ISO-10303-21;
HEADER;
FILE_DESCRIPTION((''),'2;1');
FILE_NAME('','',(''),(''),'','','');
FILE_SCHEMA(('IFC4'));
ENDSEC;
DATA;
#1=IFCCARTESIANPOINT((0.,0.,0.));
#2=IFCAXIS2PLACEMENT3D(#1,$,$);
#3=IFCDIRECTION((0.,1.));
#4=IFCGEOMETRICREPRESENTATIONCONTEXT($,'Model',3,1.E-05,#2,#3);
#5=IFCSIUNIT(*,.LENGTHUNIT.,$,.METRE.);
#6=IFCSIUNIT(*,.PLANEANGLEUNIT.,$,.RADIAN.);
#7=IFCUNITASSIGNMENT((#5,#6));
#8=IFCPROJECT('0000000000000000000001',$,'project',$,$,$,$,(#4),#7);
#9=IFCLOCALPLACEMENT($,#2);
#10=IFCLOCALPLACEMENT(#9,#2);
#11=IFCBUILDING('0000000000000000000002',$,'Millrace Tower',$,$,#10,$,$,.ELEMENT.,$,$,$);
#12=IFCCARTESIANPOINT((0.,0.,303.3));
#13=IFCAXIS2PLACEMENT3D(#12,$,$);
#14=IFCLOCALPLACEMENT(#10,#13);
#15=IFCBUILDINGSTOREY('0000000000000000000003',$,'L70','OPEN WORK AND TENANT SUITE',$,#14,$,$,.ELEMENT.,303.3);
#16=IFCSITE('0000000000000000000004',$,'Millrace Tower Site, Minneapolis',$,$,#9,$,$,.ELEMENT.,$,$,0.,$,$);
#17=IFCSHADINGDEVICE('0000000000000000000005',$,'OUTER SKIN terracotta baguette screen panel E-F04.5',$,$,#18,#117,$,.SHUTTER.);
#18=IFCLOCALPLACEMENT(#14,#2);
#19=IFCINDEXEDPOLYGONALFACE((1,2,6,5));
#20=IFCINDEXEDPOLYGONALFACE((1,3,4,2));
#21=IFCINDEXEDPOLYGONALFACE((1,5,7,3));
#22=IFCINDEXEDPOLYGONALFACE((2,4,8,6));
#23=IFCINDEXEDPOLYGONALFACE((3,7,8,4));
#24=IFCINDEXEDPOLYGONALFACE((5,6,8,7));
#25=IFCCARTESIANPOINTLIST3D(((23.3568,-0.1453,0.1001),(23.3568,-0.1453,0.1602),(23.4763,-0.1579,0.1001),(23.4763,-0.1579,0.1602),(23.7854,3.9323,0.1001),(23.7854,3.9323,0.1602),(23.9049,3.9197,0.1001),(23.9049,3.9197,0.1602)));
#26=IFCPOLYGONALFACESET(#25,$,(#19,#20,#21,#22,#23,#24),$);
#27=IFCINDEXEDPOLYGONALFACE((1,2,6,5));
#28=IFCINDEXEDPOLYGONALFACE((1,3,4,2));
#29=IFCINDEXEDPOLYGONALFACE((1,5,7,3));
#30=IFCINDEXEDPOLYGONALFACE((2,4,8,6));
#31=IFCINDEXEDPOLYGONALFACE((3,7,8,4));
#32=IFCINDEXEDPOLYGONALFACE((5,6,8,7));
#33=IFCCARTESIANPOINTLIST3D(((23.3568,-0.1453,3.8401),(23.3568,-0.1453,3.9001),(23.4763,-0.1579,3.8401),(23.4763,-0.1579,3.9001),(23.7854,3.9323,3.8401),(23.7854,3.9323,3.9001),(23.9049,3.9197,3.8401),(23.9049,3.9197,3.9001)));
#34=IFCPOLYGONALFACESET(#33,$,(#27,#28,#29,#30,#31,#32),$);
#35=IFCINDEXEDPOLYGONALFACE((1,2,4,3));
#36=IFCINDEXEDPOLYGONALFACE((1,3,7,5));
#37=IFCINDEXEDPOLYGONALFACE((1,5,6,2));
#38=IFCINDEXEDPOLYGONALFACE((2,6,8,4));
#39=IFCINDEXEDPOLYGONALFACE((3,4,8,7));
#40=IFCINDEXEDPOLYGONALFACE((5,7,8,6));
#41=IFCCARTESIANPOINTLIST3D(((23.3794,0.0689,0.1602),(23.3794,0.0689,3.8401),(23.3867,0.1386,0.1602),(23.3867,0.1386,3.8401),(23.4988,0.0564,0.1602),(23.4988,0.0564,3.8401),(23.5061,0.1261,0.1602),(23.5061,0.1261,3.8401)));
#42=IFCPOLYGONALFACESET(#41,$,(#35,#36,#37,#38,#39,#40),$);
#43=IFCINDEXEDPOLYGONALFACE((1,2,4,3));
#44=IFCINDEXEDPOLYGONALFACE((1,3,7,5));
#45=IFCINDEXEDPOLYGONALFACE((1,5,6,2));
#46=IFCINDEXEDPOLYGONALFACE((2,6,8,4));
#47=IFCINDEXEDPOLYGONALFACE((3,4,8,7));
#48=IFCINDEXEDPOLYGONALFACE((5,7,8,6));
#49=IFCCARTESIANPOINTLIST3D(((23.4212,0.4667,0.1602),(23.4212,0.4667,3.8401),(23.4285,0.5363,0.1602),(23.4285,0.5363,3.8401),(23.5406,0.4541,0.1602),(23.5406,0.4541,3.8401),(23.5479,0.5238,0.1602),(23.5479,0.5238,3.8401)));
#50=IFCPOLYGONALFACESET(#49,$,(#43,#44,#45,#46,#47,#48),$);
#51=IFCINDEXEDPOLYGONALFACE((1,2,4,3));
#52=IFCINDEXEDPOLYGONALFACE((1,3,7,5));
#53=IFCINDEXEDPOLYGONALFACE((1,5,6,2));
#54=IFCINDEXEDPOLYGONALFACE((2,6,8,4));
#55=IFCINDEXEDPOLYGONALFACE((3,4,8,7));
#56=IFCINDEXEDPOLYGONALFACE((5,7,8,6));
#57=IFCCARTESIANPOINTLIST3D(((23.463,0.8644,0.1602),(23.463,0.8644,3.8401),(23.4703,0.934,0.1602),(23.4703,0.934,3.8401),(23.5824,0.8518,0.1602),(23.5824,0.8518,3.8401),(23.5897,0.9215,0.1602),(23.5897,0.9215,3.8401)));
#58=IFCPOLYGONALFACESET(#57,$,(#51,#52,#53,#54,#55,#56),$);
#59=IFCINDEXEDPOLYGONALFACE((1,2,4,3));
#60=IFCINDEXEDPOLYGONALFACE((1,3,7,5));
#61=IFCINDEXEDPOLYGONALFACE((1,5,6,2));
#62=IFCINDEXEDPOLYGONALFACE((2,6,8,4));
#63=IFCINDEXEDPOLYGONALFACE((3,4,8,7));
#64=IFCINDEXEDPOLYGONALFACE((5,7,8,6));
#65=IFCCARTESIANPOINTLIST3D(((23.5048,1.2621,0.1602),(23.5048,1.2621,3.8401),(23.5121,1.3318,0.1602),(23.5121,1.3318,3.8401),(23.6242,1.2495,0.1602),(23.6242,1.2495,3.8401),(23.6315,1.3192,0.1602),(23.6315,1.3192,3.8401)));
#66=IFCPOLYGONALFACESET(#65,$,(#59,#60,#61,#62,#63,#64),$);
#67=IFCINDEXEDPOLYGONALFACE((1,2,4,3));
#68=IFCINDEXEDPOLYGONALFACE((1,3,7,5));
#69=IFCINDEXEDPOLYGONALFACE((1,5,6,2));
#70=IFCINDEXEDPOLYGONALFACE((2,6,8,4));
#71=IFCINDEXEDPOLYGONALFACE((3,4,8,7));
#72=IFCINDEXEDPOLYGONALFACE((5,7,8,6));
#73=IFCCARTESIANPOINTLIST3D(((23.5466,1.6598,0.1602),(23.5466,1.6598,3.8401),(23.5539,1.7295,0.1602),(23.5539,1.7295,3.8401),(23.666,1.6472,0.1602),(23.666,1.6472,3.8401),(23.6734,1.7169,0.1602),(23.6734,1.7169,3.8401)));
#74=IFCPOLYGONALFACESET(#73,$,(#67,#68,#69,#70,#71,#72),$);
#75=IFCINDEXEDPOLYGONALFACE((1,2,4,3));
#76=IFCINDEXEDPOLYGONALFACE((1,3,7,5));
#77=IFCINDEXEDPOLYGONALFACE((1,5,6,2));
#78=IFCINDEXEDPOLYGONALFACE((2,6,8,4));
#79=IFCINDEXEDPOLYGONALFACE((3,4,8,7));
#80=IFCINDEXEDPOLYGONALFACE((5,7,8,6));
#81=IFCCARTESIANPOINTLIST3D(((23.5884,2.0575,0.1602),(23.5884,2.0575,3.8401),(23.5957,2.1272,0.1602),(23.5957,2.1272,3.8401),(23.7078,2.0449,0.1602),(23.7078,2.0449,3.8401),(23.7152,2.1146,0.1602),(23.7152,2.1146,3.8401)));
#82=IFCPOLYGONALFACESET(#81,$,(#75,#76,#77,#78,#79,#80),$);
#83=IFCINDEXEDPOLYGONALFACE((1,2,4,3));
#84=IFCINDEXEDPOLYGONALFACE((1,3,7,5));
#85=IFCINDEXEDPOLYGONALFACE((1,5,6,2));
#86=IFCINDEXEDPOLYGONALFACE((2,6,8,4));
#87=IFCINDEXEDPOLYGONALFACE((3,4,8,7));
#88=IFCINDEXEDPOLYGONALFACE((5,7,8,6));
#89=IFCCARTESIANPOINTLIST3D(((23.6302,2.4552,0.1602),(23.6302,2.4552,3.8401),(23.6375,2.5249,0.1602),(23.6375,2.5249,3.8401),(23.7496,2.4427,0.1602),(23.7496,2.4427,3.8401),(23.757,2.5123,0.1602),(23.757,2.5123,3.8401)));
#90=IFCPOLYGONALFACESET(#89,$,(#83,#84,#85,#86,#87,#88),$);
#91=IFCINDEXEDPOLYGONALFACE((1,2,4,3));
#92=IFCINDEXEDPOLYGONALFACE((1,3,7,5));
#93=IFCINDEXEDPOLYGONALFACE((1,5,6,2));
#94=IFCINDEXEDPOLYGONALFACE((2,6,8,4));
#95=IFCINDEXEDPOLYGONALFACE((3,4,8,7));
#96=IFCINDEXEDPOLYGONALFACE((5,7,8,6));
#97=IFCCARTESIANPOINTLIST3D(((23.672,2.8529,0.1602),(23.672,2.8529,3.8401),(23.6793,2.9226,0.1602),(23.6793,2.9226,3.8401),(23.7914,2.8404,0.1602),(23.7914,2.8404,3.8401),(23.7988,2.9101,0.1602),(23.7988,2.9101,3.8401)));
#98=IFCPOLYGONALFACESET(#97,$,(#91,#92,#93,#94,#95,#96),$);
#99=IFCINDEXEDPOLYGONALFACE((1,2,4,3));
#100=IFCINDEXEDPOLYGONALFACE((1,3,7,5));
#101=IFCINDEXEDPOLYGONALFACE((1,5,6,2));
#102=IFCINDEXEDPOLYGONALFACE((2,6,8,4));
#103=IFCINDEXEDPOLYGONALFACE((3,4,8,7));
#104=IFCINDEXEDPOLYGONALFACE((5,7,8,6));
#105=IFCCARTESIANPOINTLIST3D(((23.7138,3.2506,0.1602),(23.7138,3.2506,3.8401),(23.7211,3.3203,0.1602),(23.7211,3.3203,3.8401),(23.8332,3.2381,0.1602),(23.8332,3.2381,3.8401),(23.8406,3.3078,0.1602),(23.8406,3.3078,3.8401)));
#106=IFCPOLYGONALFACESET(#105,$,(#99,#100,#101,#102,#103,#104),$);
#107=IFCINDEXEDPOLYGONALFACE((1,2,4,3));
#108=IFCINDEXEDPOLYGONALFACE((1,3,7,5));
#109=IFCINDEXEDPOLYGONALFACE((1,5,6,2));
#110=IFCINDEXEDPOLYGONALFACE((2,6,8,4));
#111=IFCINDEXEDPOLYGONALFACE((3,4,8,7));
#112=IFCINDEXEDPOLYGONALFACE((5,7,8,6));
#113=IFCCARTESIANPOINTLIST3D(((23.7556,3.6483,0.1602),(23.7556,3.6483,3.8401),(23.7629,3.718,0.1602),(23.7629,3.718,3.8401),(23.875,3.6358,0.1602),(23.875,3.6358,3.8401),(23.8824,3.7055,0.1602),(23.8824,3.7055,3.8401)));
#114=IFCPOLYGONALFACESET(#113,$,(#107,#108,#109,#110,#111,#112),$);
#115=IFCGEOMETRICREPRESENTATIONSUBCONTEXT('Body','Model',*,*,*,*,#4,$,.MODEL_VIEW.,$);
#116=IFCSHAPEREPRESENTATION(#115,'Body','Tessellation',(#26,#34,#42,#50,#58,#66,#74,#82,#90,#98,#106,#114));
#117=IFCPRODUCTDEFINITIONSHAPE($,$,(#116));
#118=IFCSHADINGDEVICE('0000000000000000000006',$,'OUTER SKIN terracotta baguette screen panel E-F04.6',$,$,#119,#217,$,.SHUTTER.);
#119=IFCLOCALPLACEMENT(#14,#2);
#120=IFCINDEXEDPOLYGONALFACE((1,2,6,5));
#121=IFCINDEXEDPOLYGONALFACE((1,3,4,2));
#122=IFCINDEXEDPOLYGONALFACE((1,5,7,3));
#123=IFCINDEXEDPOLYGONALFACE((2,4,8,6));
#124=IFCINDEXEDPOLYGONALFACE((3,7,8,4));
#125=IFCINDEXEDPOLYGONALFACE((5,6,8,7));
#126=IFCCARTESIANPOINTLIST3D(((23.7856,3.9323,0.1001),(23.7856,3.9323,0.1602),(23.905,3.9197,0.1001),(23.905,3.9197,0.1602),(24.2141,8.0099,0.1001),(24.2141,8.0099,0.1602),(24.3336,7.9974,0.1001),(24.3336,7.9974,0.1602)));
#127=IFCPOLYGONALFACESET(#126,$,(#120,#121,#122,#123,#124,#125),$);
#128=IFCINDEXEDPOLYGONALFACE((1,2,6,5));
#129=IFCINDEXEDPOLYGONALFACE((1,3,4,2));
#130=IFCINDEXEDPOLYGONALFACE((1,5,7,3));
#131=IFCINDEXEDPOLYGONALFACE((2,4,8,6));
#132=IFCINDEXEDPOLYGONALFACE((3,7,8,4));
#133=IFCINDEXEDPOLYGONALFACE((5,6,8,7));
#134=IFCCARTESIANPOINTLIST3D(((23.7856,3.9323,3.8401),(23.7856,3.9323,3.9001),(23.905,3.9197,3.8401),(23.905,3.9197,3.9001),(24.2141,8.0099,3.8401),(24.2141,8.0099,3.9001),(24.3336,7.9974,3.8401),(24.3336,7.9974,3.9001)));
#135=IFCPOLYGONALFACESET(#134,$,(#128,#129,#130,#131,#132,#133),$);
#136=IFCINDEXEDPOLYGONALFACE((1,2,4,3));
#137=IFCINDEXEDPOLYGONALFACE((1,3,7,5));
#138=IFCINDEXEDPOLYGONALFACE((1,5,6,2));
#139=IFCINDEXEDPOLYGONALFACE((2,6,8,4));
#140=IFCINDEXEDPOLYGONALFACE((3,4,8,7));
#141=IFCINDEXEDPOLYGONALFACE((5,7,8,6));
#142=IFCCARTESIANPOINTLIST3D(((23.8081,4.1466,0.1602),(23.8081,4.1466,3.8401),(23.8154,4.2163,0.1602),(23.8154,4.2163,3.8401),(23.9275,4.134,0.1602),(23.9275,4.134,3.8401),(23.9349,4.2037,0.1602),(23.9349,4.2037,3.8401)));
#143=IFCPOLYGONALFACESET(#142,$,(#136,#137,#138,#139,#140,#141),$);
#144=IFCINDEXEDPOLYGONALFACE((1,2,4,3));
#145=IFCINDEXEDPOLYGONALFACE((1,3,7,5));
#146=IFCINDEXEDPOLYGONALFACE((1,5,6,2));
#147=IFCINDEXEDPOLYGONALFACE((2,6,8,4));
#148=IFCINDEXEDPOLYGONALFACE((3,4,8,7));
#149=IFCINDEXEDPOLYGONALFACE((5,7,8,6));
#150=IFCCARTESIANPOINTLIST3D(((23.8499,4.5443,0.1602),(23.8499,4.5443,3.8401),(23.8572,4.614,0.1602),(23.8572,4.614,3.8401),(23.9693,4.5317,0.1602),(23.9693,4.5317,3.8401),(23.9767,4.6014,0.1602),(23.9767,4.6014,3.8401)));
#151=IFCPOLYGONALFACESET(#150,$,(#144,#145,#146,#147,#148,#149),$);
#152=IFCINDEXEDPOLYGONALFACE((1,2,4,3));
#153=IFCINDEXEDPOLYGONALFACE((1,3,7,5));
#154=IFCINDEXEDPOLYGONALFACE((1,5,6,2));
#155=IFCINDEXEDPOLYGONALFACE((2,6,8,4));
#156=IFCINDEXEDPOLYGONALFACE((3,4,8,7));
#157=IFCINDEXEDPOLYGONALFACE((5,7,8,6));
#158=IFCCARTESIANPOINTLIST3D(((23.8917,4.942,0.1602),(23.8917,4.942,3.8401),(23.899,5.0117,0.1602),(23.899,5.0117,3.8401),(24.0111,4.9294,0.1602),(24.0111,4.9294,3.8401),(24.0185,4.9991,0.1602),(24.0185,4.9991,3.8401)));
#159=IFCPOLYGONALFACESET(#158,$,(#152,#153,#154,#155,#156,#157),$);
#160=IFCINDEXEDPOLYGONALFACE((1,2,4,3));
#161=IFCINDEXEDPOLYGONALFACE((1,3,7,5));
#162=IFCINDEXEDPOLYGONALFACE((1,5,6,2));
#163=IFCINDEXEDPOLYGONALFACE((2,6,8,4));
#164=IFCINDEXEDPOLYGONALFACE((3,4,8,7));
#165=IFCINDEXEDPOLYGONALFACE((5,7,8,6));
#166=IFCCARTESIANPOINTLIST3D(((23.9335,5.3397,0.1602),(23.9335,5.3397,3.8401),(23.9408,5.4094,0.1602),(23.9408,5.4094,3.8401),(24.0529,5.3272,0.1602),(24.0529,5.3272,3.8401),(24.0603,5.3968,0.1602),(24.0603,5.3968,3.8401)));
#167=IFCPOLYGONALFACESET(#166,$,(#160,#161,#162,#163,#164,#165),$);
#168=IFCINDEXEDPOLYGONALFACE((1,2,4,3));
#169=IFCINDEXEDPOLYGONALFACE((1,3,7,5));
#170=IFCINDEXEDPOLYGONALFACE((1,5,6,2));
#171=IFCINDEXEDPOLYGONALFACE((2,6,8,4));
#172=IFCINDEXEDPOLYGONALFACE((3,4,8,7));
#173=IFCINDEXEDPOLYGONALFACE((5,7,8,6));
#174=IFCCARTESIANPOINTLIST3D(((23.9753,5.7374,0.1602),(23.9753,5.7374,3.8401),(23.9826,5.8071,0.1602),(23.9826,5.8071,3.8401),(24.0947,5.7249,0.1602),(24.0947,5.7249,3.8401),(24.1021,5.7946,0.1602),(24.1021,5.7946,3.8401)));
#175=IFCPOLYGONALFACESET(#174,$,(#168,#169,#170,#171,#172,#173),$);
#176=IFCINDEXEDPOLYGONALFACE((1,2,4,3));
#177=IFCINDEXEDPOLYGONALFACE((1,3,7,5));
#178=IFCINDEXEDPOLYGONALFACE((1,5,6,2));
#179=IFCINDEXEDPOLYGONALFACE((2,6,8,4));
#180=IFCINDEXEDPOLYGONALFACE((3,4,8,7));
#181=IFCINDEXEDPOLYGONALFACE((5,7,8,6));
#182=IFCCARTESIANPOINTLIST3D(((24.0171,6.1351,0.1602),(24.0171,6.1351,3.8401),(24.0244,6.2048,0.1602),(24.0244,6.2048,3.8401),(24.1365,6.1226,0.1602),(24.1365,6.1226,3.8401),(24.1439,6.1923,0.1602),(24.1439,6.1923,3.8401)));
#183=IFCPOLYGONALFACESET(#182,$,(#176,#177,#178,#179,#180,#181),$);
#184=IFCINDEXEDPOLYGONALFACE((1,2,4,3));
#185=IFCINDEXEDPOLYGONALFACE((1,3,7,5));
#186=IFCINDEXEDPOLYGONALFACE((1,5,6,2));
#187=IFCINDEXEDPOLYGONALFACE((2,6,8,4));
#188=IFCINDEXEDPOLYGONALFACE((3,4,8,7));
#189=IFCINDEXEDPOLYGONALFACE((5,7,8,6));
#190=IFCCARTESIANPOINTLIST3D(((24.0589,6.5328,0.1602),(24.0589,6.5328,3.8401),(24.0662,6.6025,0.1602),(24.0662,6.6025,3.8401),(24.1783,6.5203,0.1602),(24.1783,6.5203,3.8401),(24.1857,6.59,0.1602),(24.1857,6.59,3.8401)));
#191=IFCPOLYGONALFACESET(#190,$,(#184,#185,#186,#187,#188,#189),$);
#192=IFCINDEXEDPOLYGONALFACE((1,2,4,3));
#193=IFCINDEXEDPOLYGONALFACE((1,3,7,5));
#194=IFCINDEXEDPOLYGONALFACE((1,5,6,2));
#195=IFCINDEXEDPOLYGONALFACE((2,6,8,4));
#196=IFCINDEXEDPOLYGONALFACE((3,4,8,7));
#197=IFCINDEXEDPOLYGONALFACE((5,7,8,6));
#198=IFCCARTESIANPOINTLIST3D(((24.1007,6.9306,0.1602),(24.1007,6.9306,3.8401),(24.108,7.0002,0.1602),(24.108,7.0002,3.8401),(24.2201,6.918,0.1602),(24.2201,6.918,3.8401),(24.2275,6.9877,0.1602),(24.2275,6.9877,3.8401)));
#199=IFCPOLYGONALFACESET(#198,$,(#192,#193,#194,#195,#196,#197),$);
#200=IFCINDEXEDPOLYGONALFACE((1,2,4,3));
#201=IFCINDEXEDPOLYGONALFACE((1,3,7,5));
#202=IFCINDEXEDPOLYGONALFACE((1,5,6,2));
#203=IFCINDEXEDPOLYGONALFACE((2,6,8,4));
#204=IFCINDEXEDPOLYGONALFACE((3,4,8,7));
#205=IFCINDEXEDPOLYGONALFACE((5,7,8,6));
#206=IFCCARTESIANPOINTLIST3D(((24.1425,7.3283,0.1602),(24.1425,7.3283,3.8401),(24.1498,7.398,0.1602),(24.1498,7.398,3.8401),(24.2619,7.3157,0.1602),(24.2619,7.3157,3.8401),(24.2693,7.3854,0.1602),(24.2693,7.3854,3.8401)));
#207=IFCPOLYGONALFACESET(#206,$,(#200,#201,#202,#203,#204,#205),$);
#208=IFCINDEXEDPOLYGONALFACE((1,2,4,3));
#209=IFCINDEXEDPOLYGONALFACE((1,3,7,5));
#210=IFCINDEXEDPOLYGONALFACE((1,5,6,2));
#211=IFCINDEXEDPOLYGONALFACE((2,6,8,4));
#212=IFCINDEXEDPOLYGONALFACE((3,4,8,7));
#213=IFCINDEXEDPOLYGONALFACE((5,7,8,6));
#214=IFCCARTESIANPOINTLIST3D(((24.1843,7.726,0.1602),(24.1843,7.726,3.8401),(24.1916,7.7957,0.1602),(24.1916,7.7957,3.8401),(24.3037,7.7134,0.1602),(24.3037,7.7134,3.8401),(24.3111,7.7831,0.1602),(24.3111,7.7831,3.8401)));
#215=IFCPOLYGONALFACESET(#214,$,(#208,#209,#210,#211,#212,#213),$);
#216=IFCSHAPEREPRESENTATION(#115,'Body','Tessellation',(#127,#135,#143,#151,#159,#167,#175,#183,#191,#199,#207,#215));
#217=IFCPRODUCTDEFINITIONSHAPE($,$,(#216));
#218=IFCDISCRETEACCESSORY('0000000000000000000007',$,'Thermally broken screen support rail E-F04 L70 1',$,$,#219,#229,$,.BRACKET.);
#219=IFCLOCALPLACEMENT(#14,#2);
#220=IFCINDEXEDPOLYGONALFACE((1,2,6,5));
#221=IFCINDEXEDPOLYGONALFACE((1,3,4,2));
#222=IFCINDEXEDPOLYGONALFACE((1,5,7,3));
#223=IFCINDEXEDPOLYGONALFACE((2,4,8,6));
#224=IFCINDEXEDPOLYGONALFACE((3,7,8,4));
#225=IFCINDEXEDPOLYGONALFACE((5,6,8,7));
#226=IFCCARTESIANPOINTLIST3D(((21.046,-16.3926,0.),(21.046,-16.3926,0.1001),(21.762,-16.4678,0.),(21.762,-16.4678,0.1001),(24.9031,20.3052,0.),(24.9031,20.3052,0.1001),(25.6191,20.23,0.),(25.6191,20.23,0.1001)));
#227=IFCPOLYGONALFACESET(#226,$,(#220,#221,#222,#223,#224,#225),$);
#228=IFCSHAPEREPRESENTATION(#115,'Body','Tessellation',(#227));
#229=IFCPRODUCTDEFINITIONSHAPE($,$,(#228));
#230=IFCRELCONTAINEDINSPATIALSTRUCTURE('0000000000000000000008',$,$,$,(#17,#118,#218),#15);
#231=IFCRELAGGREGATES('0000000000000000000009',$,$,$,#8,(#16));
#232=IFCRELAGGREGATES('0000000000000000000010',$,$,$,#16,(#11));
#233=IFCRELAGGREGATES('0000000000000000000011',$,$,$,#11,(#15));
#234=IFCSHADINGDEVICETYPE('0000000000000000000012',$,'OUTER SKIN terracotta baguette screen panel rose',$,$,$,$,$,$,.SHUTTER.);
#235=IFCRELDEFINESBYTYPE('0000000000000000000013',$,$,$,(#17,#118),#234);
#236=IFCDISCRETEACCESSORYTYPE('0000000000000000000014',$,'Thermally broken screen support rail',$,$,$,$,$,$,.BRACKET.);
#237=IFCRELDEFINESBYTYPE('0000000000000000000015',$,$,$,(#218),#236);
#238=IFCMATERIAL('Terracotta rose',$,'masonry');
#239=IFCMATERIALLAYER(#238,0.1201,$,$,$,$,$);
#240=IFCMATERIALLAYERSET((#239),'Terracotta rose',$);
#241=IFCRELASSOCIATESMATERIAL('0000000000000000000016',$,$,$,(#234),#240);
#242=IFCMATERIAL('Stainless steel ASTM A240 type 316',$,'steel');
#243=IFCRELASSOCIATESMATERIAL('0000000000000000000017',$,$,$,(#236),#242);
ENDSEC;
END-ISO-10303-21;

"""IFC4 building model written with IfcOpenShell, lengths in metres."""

from ifc_helpers import new_model, entity, si_unit, direction, frame, frame_2d, origin, origin_2d, place, context, subcontext, project, spatial, rectangle, extrude, source, transform, mapped, material, layer, layer_set, type_object, element, save


model = new_model("IFC4")

# Units and contexts
model_context = context("Model", 3, precision=1e-05, world=origin(), true_north=direction((0.0, 1.0)))
body_context = subcontext(model_context, "Body", "Model", "MODEL_VIEW")
ifc_project = project(units=[si_unit("LENGTHUNIT", "METRE"), si_unit("PLANEANGLEUNIT", "RADIAN")], contexts=[model_context])

# Site, building, storey
site_placement = place(None, origin())
site = spatial("IfcSite", under=ifc_project, at=site_placement, Name="Millrace Tower Site, Minneapolis", CompositionType="ELEMENT", RefElevation=0.0)
building_placement = place(site_placement, origin())
building = spatial("IfcBuilding", under=site, at=building_placement, Name="Millrace Tower", CompositionType="ELEMENT")
storey_placement = place(building_placement, frame((0.0, 0.0, 303.3)))
storey = spatial("IfcBuildingStorey", under=building, at=storey_placement, Name="L70", Description="OPEN WORK AND TENANT SUITE", CompositionType="ELEMENT", Elevation=303.3)

# Shading devices
ifc_material_1 = material(Name="Terracotta rose", Category="masonry")
ifc_layer_1 = layer(ifc_material_1, 0.1201)
ifc_layer_set_1 = layer_set([ifc_layer_1], Name="Terracotta rose")
shading_device_type = type_object("IfcShadingDeviceType", Name="OUTER SKIN terracotta baguette screen panel rose", PredefinedType="SHUTTER", material=ifc_layer_set_1)
cartesian_point = entity("IfcCartesianPoint", [-2.05, 0.0601])
shared_polyline = entity("IfcPolyline", [cartesian_point, entity("IfcCartesianPoint", [2.05, 0.0601]), entity("IfcCartesianPoint", [2.05, -0.0601]), entity("IfcCartesianPoint", [-2.05, -0.0601]), cartesian_point])
shared_shape = source(origin(), body_context, "Body", "SweptSolid", [
    entity("IfcExtrudedAreaSolid", entity("IfcArbitraryClosedProfileDef", "AREA", None, shared_polyline), entity("IfcAxis2Placement3D", entity("IfcCartesianPoint", [0.0, 0.0, 0.0])), entity("IfcDirection", [0.0, 0.0, 1.0]), 0.0601),
    entity("IfcExtrudedAreaSolid", entity("IfcArbitraryClosedProfileDef", "AREA", None, shared_polyline), entity("IfcAxis2Placement3D", entity("IfcCartesianPoint", [0.0, 0.0, 3.74])), entity("IfcDirection", [0.0, 0.0, 1.0]), 0.0601),
    extrude(rectangle(XDim=0.0701, YDim=0.1201, at=frame_2d((-1.7996, 0.0))), frame((0.0, 0.0, 0.0601)), (0.0, 0.0, 1.0), 3.6799),
    extrude(rectangle(XDim=0.0701, YDim=0.1201, at=frame_2d((-1.3997, 0.0))), frame((0.0, 0.0, 0.0601)), (0.0, 0.0, 1.0), 3.6799),
    extrude(rectangle(XDim=0.0701, YDim=0.1201, at=frame_2d((-0.9998, 0.0))), frame((0.0, 0.0, 0.0601)), (0.0, 0.0, 1.0), 3.6799),
    extrude(rectangle(XDim=0.0701, YDim=0.1201, at=frame_2d((-0.5999, 0.0))), frame((0.0, 0.0, 0.0601)), (0.0, 0.0, 1.0), 3.6799),
    extrude(rectangle(XDim=0.0701, YDim=0.1201, at=frame_2d((-0.2, 0.0))), frame((0.0, 0.0, 0.0601)), (0.0, 0.0, 1.0), 3.6799),
    extrude(rectangle(XDim=0.0701, YDim=0.1201, at=frame_2d((0.2, 0.0))), frame((0.0, 0.0, 0.0601)), (0.0, 0.0, 1.0), 3.6799),
    extrude(rectangle(XDim=0.0701, YDim=0.1201, at=frame_2d((0.5999, 0.0))), frame((0.0, 0.0, 0.0601)), (0.0, 0.0, 1.0), 3.6799),
    extrude(rectangle(XDim=0.0701, YDim=0.1201, at=frame_2d((0.9998, 0.0))), frame((0.0, 0.0, 0.0601)), (0.0, 0.0, 1.0), 3.6799),
    extrude(rectangle(XDim=0.0701, YDim=0.1201, at=frame_2d((1.3997, 0.0))), frame((0.0, 0.0, 0.0601)), (0.0, 0.0, 1.0), 3.6799),
    extrude(rectangle(XDim=0.0701, YDim=0.1201, at=frame_2d((1.7996, 0.0))), frame((0.0, 0.0, 0.0601)), (0.0, 0.0, 1.0), 3.6799),
])
for number, where, z_axis, x_axis, name in (
    (1, (23.6309, 1.8872, 0.1001), (0.0, 0.0, 1.0), (0.104528, 0.994522, 0.0), "OUTER SKIN terracotta baguette screen panel E-F04.5"),
    (2, (24.0596, 5.9648, 0.1001), (0.0, 0.0, 1.0), (0.104528, 0.994522, 0.0), "OUTER SKIN terracotta baguette screen panel E-F04.6"),
):
    element("IfcShadingDevice", number, at=place(storey_placement, frame(where, z_axis=z_axis, x_axis=x_axis)), inside=storey, type_object=shading_device_type, Name=name, PredefinedType="SHUTTER", context=body_context, shape_type="MappedRepresentation", body=[
        mapped(shared_shape, transform((0.0, 0.0, 0.0), scale=1.0)),
    ])

# Discrete accessory
ifc_material_2 = material(Name="Stainless steel ASTM A240 type 316", Category="steel")
discrete_accessory_type = type_object("IfcDiscreteAccessoryType", Name="Thermally broken screen support rail", PredefinedType="BRACKET", material=ifc_material_2)
discrete_accessory_placement = place(storey_placement, frame((23.3325, 1.9187, 0.0), z_axis=(0.0, 0.0, 1.0), x_axis=(0.104528, 0.994522, 0.0)))
element("IfcDiscreteAccessory", 3, at=discrete_accessory_placement, inside=storey, type_object=discrete_accessory_type, Name="Thermally broken screen support rail E-F04 L70 1", PredefinedType="BRACKET", context=body_context, shape_type="SweptSolid", body=[
    extrude(rectangle(XDim=36.8999, YDim=0.72, at=origin_2d()), origin(), (0.0, 0.0, 1.0), 0.1001),
])

save(model, "model.ifc")
